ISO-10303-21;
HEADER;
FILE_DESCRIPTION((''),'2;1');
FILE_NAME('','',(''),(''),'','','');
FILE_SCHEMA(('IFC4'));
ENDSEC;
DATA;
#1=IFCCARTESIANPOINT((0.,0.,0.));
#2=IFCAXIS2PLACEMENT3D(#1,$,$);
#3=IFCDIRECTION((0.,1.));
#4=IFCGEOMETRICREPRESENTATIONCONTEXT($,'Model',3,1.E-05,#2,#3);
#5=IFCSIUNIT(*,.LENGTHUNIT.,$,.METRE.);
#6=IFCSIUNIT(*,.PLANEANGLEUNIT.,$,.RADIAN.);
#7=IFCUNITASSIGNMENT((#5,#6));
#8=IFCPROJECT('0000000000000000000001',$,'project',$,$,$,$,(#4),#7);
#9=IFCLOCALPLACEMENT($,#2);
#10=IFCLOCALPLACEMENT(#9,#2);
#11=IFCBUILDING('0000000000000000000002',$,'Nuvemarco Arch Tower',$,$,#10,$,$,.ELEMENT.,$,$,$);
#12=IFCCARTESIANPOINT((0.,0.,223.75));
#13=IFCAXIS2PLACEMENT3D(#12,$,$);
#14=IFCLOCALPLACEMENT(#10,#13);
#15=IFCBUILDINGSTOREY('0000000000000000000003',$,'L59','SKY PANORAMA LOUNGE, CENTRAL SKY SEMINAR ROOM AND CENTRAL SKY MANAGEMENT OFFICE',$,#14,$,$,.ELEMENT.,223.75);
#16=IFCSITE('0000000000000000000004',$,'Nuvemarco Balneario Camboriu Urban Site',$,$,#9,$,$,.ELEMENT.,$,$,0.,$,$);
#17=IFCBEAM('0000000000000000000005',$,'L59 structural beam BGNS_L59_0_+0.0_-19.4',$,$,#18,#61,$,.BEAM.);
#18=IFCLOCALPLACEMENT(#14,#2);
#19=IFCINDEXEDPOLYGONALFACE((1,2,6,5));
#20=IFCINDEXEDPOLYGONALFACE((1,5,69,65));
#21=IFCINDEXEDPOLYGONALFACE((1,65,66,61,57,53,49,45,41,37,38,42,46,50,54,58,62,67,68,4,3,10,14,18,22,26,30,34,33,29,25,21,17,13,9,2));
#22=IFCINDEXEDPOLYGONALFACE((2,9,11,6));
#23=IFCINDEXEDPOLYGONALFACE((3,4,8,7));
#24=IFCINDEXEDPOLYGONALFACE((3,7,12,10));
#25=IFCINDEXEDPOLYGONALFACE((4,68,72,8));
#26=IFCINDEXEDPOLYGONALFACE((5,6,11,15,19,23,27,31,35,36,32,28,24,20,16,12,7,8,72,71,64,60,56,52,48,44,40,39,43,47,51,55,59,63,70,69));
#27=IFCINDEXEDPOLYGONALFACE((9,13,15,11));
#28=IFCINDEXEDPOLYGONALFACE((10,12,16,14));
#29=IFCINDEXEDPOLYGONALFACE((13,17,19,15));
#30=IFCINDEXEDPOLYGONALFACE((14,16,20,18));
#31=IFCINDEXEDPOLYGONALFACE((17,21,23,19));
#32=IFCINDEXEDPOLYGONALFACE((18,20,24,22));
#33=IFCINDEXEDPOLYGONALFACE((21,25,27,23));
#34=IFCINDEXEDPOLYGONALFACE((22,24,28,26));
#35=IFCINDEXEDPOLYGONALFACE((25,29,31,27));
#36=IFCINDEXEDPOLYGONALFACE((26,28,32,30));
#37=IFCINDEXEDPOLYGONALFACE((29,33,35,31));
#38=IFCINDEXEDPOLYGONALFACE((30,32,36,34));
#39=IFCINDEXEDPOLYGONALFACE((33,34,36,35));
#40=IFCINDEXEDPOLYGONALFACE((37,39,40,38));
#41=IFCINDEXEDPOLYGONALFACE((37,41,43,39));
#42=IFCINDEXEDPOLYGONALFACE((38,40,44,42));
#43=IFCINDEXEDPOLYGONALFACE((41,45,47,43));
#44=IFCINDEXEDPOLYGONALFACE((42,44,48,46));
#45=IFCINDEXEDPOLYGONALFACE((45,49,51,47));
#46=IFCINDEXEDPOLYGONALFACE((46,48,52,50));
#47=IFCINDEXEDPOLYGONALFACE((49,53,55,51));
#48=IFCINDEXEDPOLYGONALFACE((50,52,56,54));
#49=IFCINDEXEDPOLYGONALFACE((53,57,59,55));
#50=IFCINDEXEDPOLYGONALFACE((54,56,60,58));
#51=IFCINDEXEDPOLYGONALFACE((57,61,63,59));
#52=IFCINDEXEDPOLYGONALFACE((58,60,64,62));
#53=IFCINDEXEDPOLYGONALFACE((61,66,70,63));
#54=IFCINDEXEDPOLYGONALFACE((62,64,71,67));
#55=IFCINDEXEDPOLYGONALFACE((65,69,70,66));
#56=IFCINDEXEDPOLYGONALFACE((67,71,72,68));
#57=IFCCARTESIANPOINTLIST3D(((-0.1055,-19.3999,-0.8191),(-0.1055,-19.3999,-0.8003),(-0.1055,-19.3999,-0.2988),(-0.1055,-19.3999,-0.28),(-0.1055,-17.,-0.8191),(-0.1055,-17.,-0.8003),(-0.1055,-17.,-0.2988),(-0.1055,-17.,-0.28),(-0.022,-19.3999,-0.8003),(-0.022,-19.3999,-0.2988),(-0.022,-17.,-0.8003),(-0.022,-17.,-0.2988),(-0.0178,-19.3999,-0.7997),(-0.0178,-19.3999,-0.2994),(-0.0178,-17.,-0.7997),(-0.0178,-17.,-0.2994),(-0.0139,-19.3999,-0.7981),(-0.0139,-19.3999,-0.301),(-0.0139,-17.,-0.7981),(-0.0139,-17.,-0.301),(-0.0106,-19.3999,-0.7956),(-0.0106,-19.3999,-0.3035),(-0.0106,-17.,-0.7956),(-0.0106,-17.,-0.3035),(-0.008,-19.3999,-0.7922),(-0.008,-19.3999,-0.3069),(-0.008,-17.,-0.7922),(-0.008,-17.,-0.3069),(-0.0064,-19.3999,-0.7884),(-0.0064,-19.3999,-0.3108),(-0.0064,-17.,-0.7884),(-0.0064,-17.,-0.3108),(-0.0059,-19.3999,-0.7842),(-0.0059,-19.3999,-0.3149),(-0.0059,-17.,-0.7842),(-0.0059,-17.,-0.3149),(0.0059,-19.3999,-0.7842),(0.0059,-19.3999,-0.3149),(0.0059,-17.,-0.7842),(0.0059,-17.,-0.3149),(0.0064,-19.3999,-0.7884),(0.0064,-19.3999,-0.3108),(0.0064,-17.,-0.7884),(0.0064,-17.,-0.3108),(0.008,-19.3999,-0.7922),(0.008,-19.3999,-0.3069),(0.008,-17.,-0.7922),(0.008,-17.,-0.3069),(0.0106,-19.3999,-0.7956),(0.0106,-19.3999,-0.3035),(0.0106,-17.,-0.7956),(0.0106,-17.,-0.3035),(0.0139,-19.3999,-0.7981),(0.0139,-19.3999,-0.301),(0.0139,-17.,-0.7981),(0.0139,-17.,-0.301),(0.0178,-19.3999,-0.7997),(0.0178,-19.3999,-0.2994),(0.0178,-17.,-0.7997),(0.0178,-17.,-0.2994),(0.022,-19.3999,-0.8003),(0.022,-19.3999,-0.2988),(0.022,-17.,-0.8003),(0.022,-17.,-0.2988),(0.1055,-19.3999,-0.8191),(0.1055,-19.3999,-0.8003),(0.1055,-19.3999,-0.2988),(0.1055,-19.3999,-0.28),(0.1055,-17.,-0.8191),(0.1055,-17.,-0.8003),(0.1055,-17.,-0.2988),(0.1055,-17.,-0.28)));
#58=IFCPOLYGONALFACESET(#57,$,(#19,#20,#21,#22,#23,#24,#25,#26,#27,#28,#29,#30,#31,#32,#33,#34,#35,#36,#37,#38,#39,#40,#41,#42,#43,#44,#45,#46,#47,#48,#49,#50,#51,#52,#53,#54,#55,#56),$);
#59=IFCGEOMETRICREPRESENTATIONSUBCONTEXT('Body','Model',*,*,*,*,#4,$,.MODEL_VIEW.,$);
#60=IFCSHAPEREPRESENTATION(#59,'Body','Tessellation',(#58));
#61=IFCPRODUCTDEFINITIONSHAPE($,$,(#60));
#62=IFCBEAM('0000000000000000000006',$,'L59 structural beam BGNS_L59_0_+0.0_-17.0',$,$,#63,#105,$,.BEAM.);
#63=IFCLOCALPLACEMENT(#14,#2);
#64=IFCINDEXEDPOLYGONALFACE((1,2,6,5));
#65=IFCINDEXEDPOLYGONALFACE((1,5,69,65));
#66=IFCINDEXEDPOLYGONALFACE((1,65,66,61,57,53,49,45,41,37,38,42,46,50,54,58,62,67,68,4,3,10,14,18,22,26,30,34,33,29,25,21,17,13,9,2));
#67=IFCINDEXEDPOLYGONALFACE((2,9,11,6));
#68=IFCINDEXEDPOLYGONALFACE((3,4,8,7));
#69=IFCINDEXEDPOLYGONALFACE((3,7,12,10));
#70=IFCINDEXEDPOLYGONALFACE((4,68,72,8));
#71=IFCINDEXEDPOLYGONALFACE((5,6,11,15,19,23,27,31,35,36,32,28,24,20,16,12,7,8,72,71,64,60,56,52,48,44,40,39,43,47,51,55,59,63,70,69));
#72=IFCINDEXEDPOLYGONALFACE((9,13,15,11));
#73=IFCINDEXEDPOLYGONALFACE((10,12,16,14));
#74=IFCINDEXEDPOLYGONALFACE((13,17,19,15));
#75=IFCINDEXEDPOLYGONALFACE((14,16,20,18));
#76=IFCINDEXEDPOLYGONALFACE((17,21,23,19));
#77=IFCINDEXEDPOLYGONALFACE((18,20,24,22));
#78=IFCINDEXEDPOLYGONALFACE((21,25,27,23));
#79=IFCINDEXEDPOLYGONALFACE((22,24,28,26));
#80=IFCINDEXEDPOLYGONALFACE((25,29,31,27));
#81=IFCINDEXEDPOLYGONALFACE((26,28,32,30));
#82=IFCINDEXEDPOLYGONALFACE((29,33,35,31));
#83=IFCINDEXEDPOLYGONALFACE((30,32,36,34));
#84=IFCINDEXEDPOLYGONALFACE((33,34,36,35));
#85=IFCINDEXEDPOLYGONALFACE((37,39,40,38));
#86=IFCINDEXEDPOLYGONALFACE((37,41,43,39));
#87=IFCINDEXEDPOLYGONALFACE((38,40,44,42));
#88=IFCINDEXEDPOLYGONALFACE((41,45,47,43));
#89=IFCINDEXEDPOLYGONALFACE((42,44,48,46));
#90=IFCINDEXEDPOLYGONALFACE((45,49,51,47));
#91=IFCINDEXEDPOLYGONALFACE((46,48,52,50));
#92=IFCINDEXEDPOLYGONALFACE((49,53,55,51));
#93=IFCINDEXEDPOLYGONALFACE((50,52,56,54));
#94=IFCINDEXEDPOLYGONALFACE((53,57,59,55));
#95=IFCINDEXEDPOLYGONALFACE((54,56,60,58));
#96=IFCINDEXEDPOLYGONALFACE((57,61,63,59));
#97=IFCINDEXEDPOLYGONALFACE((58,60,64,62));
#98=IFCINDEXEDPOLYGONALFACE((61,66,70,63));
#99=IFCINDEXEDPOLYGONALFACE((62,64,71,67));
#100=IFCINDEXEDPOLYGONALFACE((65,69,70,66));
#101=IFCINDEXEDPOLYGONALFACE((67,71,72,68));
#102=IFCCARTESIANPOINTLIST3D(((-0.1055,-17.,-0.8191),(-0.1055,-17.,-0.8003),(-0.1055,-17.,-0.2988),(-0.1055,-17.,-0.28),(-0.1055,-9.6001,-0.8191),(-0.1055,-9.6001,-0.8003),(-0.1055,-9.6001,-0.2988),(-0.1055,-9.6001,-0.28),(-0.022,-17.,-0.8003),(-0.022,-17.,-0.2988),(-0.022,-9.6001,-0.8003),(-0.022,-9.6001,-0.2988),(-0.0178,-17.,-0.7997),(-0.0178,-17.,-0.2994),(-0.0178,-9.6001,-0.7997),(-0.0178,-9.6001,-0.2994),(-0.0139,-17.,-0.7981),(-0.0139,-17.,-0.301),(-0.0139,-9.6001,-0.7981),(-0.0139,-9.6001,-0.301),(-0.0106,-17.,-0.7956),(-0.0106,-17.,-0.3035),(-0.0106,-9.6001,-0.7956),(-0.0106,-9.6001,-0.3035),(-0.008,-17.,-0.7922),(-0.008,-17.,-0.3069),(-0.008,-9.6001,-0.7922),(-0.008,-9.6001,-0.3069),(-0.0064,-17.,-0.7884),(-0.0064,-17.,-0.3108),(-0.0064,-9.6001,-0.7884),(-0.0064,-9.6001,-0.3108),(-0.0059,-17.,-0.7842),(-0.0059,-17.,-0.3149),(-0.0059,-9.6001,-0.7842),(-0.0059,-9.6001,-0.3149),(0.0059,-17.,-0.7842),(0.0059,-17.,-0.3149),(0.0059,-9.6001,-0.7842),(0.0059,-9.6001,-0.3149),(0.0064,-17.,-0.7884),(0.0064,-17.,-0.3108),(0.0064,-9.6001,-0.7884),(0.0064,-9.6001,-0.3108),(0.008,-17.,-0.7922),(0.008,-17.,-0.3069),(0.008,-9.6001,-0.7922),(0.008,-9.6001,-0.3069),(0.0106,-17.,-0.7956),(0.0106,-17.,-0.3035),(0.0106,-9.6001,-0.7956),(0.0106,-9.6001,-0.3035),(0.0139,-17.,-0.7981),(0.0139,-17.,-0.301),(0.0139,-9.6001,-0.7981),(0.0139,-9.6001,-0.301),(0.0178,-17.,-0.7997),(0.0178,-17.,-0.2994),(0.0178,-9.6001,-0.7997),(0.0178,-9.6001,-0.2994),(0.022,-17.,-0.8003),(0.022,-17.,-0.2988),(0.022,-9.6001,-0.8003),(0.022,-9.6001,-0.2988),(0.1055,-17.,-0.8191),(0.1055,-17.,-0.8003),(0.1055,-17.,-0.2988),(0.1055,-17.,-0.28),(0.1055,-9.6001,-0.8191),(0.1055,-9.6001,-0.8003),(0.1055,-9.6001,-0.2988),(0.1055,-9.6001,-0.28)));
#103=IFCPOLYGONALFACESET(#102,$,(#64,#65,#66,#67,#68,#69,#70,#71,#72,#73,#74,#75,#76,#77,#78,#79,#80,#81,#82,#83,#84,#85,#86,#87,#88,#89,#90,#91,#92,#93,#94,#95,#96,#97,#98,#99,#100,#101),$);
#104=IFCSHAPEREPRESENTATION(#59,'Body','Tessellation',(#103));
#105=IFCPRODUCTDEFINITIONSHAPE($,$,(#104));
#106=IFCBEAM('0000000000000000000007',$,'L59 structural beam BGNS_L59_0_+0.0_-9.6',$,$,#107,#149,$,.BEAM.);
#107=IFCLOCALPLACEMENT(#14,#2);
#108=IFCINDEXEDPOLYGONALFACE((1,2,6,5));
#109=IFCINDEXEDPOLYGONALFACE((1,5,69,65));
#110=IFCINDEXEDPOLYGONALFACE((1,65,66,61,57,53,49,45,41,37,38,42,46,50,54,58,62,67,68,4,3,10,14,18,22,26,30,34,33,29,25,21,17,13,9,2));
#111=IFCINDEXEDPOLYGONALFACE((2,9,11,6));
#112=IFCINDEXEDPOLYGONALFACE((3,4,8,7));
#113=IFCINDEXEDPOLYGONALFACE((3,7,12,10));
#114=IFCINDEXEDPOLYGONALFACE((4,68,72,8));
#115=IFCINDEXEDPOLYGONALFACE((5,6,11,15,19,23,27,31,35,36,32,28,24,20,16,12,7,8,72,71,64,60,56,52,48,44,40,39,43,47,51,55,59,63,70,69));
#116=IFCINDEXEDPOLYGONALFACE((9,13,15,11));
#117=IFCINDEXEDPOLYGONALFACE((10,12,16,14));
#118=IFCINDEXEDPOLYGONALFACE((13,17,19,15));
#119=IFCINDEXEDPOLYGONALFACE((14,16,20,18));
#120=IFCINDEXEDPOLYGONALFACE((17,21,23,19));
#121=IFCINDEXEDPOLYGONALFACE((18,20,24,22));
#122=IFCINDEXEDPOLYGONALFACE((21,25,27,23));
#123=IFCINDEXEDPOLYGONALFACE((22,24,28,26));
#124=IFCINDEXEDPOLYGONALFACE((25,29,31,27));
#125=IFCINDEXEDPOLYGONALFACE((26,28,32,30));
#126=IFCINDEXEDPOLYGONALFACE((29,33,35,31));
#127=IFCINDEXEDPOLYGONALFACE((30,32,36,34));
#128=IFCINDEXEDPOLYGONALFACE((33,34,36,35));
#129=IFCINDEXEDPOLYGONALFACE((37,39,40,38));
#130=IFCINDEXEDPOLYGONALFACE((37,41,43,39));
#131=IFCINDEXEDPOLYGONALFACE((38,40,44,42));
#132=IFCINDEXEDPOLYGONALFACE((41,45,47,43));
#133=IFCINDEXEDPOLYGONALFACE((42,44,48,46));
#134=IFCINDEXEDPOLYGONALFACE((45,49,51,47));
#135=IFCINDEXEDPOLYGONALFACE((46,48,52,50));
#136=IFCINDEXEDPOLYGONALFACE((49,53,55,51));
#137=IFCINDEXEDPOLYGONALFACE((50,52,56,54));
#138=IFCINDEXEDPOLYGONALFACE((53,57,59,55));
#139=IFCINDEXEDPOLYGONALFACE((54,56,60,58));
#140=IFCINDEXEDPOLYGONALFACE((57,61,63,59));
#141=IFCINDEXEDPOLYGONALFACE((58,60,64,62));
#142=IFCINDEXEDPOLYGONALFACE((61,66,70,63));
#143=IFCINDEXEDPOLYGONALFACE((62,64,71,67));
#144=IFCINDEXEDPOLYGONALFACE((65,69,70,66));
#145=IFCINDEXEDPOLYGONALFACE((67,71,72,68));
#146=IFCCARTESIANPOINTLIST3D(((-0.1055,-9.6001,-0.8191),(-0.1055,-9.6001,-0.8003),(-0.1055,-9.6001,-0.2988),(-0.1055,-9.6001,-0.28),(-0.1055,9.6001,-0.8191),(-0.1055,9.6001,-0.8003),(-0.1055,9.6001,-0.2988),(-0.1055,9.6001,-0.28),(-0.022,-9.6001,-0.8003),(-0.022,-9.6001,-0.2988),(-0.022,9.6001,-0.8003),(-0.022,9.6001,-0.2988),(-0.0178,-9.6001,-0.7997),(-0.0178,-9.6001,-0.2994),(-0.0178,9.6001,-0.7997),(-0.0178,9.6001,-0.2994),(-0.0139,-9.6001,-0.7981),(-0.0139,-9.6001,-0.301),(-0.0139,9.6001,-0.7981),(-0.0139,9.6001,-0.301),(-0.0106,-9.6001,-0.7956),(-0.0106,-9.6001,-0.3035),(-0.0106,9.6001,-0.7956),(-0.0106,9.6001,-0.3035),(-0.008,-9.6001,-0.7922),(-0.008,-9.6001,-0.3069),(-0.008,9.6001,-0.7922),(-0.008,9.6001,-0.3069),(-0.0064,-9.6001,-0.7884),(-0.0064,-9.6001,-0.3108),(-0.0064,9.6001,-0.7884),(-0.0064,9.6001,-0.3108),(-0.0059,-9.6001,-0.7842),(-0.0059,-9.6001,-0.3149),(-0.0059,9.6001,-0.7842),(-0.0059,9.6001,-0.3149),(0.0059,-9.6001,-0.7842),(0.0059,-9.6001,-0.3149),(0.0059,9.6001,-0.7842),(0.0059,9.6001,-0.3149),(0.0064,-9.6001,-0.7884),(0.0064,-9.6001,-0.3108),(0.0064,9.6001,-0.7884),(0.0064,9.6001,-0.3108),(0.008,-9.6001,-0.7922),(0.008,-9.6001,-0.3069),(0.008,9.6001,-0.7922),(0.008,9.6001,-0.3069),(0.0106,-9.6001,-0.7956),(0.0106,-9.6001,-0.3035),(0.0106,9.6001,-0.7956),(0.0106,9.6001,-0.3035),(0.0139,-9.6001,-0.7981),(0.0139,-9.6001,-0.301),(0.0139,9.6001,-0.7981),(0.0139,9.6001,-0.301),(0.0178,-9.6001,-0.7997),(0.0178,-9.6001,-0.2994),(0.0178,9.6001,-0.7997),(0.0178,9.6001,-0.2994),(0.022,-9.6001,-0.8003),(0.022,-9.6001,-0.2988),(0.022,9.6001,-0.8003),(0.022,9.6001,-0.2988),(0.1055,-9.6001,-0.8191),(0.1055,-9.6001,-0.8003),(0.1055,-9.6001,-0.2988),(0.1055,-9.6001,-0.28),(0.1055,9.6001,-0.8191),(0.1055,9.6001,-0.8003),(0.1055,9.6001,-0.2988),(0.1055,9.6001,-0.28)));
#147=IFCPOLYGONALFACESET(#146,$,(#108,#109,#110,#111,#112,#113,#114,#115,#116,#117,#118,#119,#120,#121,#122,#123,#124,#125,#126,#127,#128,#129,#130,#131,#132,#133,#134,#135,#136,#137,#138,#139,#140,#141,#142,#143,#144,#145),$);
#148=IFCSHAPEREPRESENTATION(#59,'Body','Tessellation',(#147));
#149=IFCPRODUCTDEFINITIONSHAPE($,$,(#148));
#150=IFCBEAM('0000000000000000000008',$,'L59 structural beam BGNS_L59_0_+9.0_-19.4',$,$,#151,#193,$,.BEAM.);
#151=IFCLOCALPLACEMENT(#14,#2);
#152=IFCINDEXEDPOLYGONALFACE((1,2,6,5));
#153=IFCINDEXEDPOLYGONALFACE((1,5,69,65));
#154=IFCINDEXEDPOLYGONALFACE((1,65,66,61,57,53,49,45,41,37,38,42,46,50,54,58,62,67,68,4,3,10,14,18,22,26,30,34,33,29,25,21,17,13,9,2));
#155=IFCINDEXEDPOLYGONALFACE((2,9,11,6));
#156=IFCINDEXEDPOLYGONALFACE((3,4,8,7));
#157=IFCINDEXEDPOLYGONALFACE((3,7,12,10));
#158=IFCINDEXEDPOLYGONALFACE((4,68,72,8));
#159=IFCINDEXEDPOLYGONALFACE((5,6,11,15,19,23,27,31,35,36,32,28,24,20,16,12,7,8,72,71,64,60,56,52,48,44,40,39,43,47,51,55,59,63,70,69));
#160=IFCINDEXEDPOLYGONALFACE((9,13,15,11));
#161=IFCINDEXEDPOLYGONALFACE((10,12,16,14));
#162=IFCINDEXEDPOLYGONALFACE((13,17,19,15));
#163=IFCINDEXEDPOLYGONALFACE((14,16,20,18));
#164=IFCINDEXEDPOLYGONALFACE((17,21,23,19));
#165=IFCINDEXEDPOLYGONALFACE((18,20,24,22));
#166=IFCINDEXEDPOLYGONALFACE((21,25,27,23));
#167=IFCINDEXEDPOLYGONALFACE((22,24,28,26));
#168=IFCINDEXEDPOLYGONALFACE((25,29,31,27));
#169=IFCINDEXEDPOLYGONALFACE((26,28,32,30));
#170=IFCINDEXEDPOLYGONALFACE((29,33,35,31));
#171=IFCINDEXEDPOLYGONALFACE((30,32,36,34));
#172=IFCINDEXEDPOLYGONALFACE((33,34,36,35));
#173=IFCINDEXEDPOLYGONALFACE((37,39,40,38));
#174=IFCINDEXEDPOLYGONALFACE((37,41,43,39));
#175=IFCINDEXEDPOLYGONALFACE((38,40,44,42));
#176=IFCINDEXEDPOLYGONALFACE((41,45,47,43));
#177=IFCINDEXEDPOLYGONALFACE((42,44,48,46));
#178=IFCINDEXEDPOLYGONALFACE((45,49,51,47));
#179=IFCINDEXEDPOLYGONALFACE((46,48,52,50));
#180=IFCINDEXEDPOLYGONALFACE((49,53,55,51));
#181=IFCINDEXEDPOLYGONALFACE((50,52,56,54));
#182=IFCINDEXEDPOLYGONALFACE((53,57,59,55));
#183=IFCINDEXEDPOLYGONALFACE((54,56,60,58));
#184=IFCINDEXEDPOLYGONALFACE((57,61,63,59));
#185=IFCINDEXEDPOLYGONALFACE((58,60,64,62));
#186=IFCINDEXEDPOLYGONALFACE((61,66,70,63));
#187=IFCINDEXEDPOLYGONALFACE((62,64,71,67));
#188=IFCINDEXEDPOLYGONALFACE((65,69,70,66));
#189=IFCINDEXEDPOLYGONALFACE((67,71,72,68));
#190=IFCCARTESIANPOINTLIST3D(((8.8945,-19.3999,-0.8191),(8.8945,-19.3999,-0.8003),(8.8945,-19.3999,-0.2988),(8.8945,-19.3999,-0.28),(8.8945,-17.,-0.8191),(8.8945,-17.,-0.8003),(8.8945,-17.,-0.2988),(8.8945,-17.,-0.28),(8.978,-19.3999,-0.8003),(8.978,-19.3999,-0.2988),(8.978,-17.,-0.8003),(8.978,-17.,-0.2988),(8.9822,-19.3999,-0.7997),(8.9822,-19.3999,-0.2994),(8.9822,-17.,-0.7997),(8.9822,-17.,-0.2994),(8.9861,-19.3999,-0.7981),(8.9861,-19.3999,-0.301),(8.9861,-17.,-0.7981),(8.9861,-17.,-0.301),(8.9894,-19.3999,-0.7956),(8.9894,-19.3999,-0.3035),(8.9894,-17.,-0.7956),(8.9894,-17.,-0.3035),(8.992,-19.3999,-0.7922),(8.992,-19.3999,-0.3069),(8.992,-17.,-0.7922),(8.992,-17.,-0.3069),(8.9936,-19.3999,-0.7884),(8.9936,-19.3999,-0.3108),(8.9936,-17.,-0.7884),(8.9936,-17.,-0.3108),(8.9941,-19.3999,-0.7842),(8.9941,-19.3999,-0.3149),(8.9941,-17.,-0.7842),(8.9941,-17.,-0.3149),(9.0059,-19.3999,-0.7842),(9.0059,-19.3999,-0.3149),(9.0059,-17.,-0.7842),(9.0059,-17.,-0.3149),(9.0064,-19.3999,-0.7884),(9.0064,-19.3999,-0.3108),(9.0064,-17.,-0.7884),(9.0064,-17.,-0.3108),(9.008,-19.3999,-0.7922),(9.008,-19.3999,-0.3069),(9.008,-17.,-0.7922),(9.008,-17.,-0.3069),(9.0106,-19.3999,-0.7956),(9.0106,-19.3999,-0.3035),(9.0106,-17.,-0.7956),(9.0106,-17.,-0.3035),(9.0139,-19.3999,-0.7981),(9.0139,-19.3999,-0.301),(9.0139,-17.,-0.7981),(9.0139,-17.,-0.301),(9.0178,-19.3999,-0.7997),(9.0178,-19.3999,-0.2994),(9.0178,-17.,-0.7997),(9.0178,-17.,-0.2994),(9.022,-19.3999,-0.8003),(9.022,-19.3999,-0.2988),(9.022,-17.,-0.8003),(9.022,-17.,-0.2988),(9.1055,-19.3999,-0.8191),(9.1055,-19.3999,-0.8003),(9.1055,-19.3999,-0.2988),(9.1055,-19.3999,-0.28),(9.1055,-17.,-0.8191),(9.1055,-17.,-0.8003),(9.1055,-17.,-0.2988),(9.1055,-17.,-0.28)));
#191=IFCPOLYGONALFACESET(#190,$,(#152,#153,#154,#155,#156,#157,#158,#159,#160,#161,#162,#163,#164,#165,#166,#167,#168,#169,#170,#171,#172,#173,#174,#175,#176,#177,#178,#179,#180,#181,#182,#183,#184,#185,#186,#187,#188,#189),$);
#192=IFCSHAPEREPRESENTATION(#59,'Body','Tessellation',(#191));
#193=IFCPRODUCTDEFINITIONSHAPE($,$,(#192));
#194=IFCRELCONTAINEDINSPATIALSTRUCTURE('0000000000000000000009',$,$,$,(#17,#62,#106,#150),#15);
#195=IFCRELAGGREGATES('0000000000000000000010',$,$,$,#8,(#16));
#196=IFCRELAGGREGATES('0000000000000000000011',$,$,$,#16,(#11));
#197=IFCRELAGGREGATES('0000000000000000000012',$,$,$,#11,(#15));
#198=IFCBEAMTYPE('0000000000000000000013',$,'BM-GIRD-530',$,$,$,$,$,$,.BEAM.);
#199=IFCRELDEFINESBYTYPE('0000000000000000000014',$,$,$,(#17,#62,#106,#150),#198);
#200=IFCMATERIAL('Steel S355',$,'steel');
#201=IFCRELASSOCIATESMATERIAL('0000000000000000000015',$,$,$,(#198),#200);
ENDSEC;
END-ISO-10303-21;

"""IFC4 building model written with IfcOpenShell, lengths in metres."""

from ifc_helpers import new_model, si_unit, direction, frame, origin, origin_2d, place, context, subcontext, project, spatial, i_section, extrude, material, material_profile, profile_set, type_object, element, save


model = new_model("IFC4")

# Units and contexts
model_context = context("Model", 3, precision=1e-05, world=origin(), true_north=direction((0.0, 1.0)))
body_context = subcontext(model_context, "Body", "Model", "MODEL_VIEW")
ifc_project = project(units=[si_unit("LENGTHUNIT", "METRE"), si_unit("PLANEANGLEUNIT", "RADIAN")], contexts=[model_context])

# Site, building, storey
site_placement = place(None, origin())
site = spatial("IfcSite", under=ifc_project, at=site_placement, Name="Nuvemarco Balneario Camboriu Urban Site", CompositionType="ELEMENT", RefElevation=0.0)
building_placement = place(site_placement, origin())
building = spatial("IfcBuilding", under=site, at=building_placement, Name="Nuvemarco Arch Tower", CompositionType="ELEMENT")
storey_placement = place(building_placement, frame((0.0, 0.0, 223.75)))
storey = spatial("IfcBuildingStorey", under=building, at=storey_placement, Name="L59", Description="SKY PANORAMA LOUNGE, CENTRAL SKY SEMINAR ROOM AND CENTRAL SKY MANAGEMENT OFFICE", CompositionType="ELEMENT", Elevation=223.75)

# Shared definitions
ifc_material_1 = material(Name="Steel S355", Category="steel")

# Beams
ifc_material_profile_1 = material_profile(ifc_material_1, i_section(OverallWidth=0.2109, OverallDepth=0.5391, WebThickness=0.0117, FlangeThickness=0.0188, FilletRadius=0.0161, at=origin_2d()), Name="W530x109")
ifc_profile_set_1 = profile_set([ifc_material_profile_1], Name="Steel S355")
beam_type_1 = type_object("IfcBeamType", Name="BM-GIRD-530", PredefinedType="BEAM", material=ifc_profile_set_1)
beam_1_placement = place(storey_placement, frame((0.0, -19.3999, -0.5496), z_axis=(0.0, 1.0, 0.0), x_axis=(-1.0, 0.0, 0.0)))
element("IfcBeam", 1, at=beam_1_placement, inside=storey, type_object=beam_type_1, Name="L59 structural beam BGNS_L59_0_+0.0_-19.4", PredefinedType="BEAM", context=body_context, shape_type="SweptSolid", body=[
    extrude(i_section(OverallWidth=0.2109, OverallDepth=0.5391, WebThickness=0.0117, FlangeThickness=0.0188, FilletRadius=0.0161, at=origin_2d()), origin(), (0.0, 0.0, 1.0), 2.3999),
])
beam_2_placement = place(storey_placement, frame((0.0, -17.0, -0.5496), z_axis=(0.0, 1.0, 0.0), x_axis=(-1.0, 0.0, 0.0)))
element("IfcBeam", 2, at=beam_2_placement, inside=storey, type_object=beam_type_1, Name="L59 structural beam BGNS_L59_0_+0.0_-17.0", PredefinedType="BEAM", context=body_context, shape_type="SweptSolid", body=[
    extrude(i_section(OverallWidth=0.2109, OverallDepth=0.5391, WebThickness=0.0117, FlangeThickness=0.0188, FilletRadius=0.0161, at=origin_2d()), origin(), (0.0, 0.0, 1.0), 7.3999),
])
beam_3_placement = place(storey_placement, frame((0.0, -9.6001, -0.5496), z_axis=(0.0, 1.0, 0.0), x_axis=(-1.0, 0.0, 0.0)))
element("IfcBeam", 3, at=beam_3_placement, inside=storey, type_object=beam_type_1, Name="L59 structural beam BGNS_L59_0_+0.0_-9.6", PredefinedType="BEAM", context=body_context, shape_type="SweptSolid", body=[
    extrude(i_section(OverallWidth=0.2109, OverallDepth=0.5391, WebThickness=0.0117, FlangeThickness=0.0188, FilletRadius=0.0161, at=origin_2d()), origin(), (0.0, 0.0, 1.0), 19.2002),
])
beam_4_placement = place(storey_placement, frame((9.0, -19.3999, -0.5496), z_axis=(0.0, 1.0, 0.0), x_axis=(-1.0, 0.0, 0.0)))
element("IfcBeam", 4, at=beam_4_placement, inside=storey, type_object=beam_type_1, Name="L59 structural beam BGNS_L59_0_+9.0_-19.4", PredefinedType="BEAM", context=body_context, shape_type="SweptSolid", body=[
    extrude(i_section(OverallWidth=0.2109, OverallDepth=0.5391, WebThickness=0.0117, FlangeThickness=0.0188, FilletRadius=0.0161, at=origin_2d()), origin(), (0.0, 0.0, 1.0), 2.3999),
])

save(model, "model.ifc")
